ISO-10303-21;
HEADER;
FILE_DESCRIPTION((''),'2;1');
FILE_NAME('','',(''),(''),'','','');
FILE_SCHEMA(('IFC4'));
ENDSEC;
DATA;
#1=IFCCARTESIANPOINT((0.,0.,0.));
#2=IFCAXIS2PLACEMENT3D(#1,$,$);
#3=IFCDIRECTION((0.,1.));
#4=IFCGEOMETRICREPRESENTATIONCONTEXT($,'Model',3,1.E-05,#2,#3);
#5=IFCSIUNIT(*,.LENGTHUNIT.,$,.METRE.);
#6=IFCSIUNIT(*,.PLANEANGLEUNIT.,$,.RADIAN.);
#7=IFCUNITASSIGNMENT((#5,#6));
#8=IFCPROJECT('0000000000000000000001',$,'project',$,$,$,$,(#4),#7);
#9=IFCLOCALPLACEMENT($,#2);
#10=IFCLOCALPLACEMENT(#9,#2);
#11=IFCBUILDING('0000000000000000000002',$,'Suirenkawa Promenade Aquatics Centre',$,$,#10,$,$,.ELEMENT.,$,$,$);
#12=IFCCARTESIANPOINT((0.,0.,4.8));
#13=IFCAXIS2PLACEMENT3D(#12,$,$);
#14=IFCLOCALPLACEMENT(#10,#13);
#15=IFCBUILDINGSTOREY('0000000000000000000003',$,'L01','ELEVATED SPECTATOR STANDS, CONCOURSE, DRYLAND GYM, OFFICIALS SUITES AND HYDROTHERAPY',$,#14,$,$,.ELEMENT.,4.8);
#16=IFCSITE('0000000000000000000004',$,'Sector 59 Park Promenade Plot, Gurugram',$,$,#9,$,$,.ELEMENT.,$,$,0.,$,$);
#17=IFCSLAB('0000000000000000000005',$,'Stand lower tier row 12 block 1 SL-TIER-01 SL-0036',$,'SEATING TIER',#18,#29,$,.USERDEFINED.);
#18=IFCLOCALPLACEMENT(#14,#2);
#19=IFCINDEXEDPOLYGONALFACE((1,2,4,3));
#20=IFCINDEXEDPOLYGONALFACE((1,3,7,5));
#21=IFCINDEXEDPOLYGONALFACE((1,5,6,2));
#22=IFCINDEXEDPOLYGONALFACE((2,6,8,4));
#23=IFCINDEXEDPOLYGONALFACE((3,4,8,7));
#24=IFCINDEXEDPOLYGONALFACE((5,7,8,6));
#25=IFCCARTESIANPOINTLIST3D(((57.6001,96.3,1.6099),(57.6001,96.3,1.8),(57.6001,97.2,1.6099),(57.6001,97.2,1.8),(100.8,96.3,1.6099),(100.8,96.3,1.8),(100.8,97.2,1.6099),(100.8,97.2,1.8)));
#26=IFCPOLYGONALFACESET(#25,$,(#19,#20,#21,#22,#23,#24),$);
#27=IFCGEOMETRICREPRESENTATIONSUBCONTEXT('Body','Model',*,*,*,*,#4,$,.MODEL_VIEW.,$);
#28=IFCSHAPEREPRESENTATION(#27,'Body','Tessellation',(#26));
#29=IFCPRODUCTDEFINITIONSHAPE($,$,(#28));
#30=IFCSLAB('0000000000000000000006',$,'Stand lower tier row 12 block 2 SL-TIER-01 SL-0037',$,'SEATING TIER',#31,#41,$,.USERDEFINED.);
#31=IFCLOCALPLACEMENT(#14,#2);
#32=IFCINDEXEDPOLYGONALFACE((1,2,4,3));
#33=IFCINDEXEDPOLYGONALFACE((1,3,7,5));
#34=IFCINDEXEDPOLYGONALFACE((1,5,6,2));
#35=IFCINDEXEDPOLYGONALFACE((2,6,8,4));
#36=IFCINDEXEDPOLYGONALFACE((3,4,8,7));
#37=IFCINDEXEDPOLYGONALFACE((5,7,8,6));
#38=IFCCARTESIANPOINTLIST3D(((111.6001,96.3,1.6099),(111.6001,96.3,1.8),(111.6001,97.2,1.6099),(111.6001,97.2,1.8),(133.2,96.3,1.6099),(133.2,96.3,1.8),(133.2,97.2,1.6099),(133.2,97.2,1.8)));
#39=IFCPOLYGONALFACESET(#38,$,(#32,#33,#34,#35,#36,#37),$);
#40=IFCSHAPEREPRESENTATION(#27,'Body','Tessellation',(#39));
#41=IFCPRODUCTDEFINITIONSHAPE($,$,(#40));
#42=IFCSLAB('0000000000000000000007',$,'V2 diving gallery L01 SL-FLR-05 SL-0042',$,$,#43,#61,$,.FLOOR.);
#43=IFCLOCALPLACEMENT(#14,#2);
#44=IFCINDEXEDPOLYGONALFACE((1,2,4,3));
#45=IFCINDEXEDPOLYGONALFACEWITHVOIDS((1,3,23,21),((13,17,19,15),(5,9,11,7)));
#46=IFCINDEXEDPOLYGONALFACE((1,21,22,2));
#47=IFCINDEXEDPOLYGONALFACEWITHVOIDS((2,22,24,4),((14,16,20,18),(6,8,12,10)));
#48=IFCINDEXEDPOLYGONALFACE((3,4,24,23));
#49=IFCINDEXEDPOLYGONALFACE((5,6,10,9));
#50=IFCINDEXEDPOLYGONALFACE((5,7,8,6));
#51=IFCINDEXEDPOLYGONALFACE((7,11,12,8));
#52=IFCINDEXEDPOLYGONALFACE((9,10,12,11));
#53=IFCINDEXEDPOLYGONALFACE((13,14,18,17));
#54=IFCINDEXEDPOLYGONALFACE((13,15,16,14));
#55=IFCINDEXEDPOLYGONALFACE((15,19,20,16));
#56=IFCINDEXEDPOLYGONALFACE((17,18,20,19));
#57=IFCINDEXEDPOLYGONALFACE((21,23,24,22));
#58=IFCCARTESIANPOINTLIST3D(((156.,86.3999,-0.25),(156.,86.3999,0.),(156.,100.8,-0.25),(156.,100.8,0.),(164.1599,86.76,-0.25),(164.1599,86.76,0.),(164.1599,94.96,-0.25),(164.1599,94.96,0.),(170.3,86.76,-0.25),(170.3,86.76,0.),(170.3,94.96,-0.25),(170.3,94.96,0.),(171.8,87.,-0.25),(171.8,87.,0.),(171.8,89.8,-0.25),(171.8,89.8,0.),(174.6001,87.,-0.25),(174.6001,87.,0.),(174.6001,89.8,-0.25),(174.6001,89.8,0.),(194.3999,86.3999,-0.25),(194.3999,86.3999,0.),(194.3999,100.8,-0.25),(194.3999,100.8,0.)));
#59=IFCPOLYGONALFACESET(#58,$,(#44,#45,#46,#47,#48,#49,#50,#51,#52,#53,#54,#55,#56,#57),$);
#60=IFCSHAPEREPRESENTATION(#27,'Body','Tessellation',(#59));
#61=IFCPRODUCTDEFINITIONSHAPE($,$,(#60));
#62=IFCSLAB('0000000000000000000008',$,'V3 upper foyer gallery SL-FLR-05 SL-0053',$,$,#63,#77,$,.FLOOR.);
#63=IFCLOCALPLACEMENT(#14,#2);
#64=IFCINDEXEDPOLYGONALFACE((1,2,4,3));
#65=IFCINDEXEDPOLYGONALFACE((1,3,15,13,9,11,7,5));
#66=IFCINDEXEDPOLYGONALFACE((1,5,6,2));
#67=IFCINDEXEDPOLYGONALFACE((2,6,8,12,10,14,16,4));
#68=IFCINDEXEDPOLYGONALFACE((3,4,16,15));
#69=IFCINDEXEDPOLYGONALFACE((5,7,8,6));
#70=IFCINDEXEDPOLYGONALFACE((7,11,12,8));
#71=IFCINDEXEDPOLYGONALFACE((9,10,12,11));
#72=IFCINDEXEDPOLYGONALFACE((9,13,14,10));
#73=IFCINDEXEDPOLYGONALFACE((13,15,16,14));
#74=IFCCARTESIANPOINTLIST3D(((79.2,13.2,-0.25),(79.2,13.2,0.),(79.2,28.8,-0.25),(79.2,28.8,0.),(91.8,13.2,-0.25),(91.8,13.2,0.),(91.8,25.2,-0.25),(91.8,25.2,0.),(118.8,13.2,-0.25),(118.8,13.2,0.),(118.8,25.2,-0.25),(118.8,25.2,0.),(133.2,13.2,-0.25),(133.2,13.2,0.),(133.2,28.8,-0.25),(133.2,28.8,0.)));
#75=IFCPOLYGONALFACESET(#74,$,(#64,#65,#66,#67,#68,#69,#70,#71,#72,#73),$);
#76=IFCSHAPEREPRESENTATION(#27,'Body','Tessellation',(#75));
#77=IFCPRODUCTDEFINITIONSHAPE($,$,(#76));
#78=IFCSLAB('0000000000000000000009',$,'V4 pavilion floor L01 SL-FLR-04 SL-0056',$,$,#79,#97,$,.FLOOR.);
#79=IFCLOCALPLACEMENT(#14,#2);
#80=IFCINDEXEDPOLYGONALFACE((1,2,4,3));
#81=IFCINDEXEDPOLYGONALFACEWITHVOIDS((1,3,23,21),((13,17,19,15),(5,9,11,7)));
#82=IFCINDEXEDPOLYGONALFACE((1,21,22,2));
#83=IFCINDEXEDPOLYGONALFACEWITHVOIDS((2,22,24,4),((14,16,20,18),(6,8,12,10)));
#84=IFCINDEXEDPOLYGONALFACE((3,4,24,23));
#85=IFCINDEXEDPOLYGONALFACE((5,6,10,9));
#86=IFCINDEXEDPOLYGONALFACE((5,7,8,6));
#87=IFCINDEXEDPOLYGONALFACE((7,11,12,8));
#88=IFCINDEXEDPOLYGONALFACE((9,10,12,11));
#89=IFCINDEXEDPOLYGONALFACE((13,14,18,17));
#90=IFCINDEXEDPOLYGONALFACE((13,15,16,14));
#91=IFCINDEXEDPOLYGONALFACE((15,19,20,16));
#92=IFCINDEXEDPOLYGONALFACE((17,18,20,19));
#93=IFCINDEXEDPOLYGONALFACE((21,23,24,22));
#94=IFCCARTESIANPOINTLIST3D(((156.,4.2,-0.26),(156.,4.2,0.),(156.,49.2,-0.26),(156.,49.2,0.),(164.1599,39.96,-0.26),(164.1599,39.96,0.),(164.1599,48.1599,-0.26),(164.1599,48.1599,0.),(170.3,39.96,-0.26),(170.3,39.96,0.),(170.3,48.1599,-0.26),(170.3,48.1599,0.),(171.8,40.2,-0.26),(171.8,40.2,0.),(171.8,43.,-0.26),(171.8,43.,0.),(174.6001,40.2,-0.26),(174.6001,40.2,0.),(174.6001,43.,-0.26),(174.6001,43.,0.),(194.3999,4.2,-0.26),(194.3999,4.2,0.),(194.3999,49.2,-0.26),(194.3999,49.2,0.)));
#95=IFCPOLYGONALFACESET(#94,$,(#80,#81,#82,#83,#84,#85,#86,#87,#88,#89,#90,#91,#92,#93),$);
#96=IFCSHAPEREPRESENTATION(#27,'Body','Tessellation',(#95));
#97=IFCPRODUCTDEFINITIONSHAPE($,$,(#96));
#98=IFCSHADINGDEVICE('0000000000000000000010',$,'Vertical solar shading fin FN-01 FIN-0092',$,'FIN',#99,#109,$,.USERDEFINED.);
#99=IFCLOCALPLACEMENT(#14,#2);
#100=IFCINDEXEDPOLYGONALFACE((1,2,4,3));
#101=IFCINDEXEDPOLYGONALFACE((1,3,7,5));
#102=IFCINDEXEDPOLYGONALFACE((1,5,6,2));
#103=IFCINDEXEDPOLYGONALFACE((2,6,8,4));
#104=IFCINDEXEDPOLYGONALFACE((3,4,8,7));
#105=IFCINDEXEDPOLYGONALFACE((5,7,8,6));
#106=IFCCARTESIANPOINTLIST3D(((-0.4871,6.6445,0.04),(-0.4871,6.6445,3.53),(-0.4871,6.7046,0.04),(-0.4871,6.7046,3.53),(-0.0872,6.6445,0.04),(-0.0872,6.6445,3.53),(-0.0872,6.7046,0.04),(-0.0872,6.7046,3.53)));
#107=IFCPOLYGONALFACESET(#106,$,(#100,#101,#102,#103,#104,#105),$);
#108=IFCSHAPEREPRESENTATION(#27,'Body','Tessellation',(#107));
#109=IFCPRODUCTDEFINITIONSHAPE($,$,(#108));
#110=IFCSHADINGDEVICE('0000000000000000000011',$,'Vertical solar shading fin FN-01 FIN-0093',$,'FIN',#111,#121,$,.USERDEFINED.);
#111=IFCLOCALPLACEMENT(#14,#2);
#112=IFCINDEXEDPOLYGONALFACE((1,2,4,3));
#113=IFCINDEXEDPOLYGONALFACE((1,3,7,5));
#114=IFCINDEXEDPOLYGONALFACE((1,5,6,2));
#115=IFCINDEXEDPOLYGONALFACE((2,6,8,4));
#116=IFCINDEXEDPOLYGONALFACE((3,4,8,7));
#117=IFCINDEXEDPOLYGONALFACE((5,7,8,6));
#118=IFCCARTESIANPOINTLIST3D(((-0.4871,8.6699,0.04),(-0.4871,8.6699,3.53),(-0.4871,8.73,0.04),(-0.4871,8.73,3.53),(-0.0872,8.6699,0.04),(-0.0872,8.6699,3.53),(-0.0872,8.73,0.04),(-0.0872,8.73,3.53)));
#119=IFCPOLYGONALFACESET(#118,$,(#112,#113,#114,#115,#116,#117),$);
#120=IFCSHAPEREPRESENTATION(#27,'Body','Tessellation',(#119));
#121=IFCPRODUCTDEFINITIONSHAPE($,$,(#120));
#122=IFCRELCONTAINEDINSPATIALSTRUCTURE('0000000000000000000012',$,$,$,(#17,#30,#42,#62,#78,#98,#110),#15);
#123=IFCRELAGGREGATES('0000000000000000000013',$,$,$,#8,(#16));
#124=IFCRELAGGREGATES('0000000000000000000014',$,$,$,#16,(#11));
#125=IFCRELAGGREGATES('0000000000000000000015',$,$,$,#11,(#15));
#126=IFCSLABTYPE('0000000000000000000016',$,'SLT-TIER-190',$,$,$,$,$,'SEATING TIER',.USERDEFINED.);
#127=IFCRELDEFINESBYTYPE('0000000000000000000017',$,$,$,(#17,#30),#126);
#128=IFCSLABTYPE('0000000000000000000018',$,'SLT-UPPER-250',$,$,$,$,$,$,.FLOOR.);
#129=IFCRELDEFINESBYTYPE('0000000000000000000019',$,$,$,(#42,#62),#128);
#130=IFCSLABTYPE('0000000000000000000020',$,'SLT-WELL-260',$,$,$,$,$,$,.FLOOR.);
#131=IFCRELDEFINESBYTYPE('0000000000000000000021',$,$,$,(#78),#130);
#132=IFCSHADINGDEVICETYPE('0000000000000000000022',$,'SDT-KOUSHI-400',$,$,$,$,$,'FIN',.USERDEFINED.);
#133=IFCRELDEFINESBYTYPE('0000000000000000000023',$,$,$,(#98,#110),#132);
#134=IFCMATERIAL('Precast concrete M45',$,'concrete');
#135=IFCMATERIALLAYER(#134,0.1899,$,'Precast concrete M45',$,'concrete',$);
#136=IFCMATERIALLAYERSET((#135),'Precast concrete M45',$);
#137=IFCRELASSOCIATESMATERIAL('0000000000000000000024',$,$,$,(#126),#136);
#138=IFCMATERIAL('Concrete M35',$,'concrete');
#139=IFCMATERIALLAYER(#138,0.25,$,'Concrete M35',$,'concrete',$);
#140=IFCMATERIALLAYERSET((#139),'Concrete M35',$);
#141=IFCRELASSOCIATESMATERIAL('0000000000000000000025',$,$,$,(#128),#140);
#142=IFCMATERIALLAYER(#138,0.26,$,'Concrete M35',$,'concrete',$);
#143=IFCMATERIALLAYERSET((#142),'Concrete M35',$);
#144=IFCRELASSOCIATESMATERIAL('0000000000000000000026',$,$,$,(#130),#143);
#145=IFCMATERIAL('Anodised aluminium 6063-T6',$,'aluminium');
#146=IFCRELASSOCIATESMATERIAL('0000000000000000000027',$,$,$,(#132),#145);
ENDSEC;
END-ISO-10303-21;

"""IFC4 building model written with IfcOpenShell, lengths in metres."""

from ifc_helpers import new_model, si_unit, direction, frame, origin, origin_2d, place, context, subcontext, project, spatial, polyline, rectangle, outline, extrude, material, layer, layer_set, type_object, element, save


model = new_model("IFC4")

# Units and contexts
model_context = context("Model", 3, precision=1e-05, world=origin(), true_north=direction((0.0, 1.0)))
body_context = subcontext(model_context, "Body", "Model", "MODEL_VIEW")
ifc_project = project(units=[si_unit("LENGTHUNIT", "METRE"), si_unit("PLANEANGLEUNIT", "RADIAN")], contexts=[model_context])

# Site, building, storey
site_placement = place(None, origin())
site = spatial("IfcSite", under=ifc_project, at=site_placement, Name="Sector 59 Park Promenade Plot, Gurugram", CompositionType="ELEMENT", RefElevation=0.0)
building_placement = place(site_placement, origin())
building = spatial("IfcBuilding", under=site, at=building_placement, Name="Suirenkawa Promenade Aquatics Centre", CompositionType="ELEMENT")
storey_placement = place(building_placement, frame((0.0, 0.0, 4.8)))
storey = spatial("IfcBuildingStorey", under=building, at=storey_placement, Name="L01", Description="ELEVATED SPECTATOR STANDS, CONCOURSE, DRYLAND GYM, OFFICIALS SUITES AND HYDROTHERAPY", CompositionType="ELEMENT", Elevation=4.8)

# Slabs
ifc_material_1 = material(Name="Concrete M35", Category="concrete")
ifc_material_2 = material(Name="Precast concrete M45", Category="concrete")
ifc_layer_1 = layer(ifc_material_2, 0.1899, Name="Precast concrete M45", Category="concrete")
ifc_layer_set_1 = layer_set([ifc_layer_1], Name="Precast concrete M45")
slab_type_1 = type_object("IfcSlabType", Name="SLT-TIER-190", ElementType="SEATING TIER", PredefinedType="USERDEFINED", material=ifc_layer_set_1)
slab_1_placement = place(storey_placement, frame((0.0, 0.0, 1.6099)))
element("IfcSlab", 1, at=slab_1_placement, inside=storey, type_object=slab_type_1, Name="Stand lower tier row 12 block 1 SL-TIER-01 SL-0036", ObjectType="SEATING TIER", PredefinedType="USERDEFINED", context=body_context, shape_type="SweptSolid", body=[
    extrude(outline(polyline([(57.6001, 96.3), (100.8, 96.3), (100.8, 97.2), (57.6001, 97.2), (57.6001, 96.3)])), origin(), (0.0, 0.0, 1.0), 0.1902),
])
slab_2_placement = place(storey_placement, frame((0.0, 0.0, 1.6099)))
element("IfcSlab", 2, at=slab_2_placement, inside=storey, type_object=slab_type_1, Name="Stand lower tier row 12 block 2 SL-TIER-01 SL-0037", ObjectType="SEATING TIER", PredefinedType="USERDEFINED", context=body_context, shape_type="SweptSolid", body=[
    extrude(outline(polyline([(111.6001, 96.3), (133.2, 96.3), (133.2, 97.2), (111.6001, 97.2), (111.6001, 96.3)])), origin(), (0.0, 0.0, 1.0), 0.1902),
])
ifc_layer_2 = layer(ifc_material_1, 0.25, Name="Concrete M35", Category="concrete")
ifc_layer_set_2 = layer_set([ifc_layer_2], Name="Concrete M35")
slab_type_2 = type_object("IfcSlabType", Name="SLT-UPPER-250", PredefinedType="FLOOR", material=ifc_layer_set_2)
slab_3_placement = place(storey_placement, frame((0.0, 0.0, -0.25)))
element("IfcSlab", 3, at=slab_3_placement, inside=storey, type_object=slab_type_2, Name="V2 diving gallery L01 SL-FLR-05 SL-0042", PredefinedType="FLOOR", context=body_context, shape_type="SweptSolid", body=[
    extrude(outline(polyline([(156.0, 86.3999), (194.3999, 86.3999), (194.3999, 100.8), (156.0, 100.8), (156.0, 86.3999)]), holes=[polyline([(164.1599, 86.76), (170.3, 86.76), (170.3, 94.96), (164.1599, 94.96), (164.1599, 86.76)]), polyline([(171.8, 87.0), (174.6001, 87.0), (174.6001, 89.8), (171.8, 89.8), (171.8, 87.0)])]), origin(), (0.0, 0.0, 1.0), 0.25),
])
slab_4_placement = place(storey_placement, frame((0.0, 0.0, -0.25)))
element("IfcSlab", 4, at=slab_4_placement, inside=storey, type_object=slab_type_2, Name="V3 upper foyer gallery SL-FLR-05 SL-0053", PredefinedType="FLOOR", context=body_context, shape_type="SweptSolid", body=[
    extrude(outline(polyline([(79.2, 13.2), (91.8, 13.2), (91.8, 25.2), (118.8, 25.2), (118.8, 13.2), (133.2, 13.2), (133.2, 28.8), (79.2, 28.8), (79.2, 13.2)])), origin(), (0.0, 0.0, 1.0), 0.25),
])
ifc_layer_3 = layer(ifc_material_1, 0.26, Name="Concrete M35", Category="concrete")
ifc_layer_set_3 = layer_set([ifc_layer_3], Name="Concrete M35")
slab_type_3 = type_object("IfcSlabType", Name="SLT-WELL-260", PredefinedType="FLOOR", material=ifc_layer_set_3)
slab_5_placement = place(storey_placement, frame((0.0, 0.0, -0.26)))
element("IfcSlab", 5, at=slab_5_placement, inside=storey, type_object=slab_type_3, Name="V4 pavilion floor L01 SL-FLR-04 SL-0056", PredefinedType="FLOOR", context=body_context, shape_type="SweptSolid", body=[
    extrude(outline(polyline([(156.0, 4.2), (194.3999, 4.2), (194.3999, 49.2), (156.0, 49.2), (156.0, 4.2)]), holes=[polyline([(164.1599, 39.96), (170.3, 39.96), (170.3, 48.1599), (164.1599, 48.1599), (164.1599, 39.96)]), polyline([(171.8, 40.2), (174.6001, 40.2), (174.6001, 43.0), (171.8, 43.0), (171.8, 40.2)])]), origin(), (0.0, 0.0, 1.0), 0.26),
])

# Shading devices
ifc_material_3 = material(Name="Anodised aluminium 6063-T6", Category="aluminium")
shading_device_type = type_object("IfcShadingDeviceType", Name="SDT-KOUSHI-400", ElementType="FIN", PredefinedType="USERDEFINED", material=ifc_material_3)
for number, where, z_axis, x_axis, name in (
    (6, (-0.2871, 6.6746, 0.04), (0.0, 0.0, 1.0), (-1.0, 0.0, 0.0), "Vertical solar shading fin FN-01 FIN-0092"),
    (7, (-0.2871, 8.7, 0.04), (0.0, 0.0, 1.0), (-1.0, 0.0, 0.0), "Vertical solar shading fin FN-01 FIN-0093"),
):
    element("IfcShadingDevice", number, at=place(storey_placement, frame(where, z_axis=z_axis, x_axis=x_axis)), inside=storey, type_object=shading_device_type, Name=name, ObjectType="FIN", PredefinedType="USERDEFINED", context=body_context, shape_type="SweptSolid", body=[
        extrude(rectangle(XDim=0.3999, YDim=0.0601, at=origin_2d()), origin(), (0.0, 0.0, 1.0), 3.49),
    ])

save(model, "model.ifc")
